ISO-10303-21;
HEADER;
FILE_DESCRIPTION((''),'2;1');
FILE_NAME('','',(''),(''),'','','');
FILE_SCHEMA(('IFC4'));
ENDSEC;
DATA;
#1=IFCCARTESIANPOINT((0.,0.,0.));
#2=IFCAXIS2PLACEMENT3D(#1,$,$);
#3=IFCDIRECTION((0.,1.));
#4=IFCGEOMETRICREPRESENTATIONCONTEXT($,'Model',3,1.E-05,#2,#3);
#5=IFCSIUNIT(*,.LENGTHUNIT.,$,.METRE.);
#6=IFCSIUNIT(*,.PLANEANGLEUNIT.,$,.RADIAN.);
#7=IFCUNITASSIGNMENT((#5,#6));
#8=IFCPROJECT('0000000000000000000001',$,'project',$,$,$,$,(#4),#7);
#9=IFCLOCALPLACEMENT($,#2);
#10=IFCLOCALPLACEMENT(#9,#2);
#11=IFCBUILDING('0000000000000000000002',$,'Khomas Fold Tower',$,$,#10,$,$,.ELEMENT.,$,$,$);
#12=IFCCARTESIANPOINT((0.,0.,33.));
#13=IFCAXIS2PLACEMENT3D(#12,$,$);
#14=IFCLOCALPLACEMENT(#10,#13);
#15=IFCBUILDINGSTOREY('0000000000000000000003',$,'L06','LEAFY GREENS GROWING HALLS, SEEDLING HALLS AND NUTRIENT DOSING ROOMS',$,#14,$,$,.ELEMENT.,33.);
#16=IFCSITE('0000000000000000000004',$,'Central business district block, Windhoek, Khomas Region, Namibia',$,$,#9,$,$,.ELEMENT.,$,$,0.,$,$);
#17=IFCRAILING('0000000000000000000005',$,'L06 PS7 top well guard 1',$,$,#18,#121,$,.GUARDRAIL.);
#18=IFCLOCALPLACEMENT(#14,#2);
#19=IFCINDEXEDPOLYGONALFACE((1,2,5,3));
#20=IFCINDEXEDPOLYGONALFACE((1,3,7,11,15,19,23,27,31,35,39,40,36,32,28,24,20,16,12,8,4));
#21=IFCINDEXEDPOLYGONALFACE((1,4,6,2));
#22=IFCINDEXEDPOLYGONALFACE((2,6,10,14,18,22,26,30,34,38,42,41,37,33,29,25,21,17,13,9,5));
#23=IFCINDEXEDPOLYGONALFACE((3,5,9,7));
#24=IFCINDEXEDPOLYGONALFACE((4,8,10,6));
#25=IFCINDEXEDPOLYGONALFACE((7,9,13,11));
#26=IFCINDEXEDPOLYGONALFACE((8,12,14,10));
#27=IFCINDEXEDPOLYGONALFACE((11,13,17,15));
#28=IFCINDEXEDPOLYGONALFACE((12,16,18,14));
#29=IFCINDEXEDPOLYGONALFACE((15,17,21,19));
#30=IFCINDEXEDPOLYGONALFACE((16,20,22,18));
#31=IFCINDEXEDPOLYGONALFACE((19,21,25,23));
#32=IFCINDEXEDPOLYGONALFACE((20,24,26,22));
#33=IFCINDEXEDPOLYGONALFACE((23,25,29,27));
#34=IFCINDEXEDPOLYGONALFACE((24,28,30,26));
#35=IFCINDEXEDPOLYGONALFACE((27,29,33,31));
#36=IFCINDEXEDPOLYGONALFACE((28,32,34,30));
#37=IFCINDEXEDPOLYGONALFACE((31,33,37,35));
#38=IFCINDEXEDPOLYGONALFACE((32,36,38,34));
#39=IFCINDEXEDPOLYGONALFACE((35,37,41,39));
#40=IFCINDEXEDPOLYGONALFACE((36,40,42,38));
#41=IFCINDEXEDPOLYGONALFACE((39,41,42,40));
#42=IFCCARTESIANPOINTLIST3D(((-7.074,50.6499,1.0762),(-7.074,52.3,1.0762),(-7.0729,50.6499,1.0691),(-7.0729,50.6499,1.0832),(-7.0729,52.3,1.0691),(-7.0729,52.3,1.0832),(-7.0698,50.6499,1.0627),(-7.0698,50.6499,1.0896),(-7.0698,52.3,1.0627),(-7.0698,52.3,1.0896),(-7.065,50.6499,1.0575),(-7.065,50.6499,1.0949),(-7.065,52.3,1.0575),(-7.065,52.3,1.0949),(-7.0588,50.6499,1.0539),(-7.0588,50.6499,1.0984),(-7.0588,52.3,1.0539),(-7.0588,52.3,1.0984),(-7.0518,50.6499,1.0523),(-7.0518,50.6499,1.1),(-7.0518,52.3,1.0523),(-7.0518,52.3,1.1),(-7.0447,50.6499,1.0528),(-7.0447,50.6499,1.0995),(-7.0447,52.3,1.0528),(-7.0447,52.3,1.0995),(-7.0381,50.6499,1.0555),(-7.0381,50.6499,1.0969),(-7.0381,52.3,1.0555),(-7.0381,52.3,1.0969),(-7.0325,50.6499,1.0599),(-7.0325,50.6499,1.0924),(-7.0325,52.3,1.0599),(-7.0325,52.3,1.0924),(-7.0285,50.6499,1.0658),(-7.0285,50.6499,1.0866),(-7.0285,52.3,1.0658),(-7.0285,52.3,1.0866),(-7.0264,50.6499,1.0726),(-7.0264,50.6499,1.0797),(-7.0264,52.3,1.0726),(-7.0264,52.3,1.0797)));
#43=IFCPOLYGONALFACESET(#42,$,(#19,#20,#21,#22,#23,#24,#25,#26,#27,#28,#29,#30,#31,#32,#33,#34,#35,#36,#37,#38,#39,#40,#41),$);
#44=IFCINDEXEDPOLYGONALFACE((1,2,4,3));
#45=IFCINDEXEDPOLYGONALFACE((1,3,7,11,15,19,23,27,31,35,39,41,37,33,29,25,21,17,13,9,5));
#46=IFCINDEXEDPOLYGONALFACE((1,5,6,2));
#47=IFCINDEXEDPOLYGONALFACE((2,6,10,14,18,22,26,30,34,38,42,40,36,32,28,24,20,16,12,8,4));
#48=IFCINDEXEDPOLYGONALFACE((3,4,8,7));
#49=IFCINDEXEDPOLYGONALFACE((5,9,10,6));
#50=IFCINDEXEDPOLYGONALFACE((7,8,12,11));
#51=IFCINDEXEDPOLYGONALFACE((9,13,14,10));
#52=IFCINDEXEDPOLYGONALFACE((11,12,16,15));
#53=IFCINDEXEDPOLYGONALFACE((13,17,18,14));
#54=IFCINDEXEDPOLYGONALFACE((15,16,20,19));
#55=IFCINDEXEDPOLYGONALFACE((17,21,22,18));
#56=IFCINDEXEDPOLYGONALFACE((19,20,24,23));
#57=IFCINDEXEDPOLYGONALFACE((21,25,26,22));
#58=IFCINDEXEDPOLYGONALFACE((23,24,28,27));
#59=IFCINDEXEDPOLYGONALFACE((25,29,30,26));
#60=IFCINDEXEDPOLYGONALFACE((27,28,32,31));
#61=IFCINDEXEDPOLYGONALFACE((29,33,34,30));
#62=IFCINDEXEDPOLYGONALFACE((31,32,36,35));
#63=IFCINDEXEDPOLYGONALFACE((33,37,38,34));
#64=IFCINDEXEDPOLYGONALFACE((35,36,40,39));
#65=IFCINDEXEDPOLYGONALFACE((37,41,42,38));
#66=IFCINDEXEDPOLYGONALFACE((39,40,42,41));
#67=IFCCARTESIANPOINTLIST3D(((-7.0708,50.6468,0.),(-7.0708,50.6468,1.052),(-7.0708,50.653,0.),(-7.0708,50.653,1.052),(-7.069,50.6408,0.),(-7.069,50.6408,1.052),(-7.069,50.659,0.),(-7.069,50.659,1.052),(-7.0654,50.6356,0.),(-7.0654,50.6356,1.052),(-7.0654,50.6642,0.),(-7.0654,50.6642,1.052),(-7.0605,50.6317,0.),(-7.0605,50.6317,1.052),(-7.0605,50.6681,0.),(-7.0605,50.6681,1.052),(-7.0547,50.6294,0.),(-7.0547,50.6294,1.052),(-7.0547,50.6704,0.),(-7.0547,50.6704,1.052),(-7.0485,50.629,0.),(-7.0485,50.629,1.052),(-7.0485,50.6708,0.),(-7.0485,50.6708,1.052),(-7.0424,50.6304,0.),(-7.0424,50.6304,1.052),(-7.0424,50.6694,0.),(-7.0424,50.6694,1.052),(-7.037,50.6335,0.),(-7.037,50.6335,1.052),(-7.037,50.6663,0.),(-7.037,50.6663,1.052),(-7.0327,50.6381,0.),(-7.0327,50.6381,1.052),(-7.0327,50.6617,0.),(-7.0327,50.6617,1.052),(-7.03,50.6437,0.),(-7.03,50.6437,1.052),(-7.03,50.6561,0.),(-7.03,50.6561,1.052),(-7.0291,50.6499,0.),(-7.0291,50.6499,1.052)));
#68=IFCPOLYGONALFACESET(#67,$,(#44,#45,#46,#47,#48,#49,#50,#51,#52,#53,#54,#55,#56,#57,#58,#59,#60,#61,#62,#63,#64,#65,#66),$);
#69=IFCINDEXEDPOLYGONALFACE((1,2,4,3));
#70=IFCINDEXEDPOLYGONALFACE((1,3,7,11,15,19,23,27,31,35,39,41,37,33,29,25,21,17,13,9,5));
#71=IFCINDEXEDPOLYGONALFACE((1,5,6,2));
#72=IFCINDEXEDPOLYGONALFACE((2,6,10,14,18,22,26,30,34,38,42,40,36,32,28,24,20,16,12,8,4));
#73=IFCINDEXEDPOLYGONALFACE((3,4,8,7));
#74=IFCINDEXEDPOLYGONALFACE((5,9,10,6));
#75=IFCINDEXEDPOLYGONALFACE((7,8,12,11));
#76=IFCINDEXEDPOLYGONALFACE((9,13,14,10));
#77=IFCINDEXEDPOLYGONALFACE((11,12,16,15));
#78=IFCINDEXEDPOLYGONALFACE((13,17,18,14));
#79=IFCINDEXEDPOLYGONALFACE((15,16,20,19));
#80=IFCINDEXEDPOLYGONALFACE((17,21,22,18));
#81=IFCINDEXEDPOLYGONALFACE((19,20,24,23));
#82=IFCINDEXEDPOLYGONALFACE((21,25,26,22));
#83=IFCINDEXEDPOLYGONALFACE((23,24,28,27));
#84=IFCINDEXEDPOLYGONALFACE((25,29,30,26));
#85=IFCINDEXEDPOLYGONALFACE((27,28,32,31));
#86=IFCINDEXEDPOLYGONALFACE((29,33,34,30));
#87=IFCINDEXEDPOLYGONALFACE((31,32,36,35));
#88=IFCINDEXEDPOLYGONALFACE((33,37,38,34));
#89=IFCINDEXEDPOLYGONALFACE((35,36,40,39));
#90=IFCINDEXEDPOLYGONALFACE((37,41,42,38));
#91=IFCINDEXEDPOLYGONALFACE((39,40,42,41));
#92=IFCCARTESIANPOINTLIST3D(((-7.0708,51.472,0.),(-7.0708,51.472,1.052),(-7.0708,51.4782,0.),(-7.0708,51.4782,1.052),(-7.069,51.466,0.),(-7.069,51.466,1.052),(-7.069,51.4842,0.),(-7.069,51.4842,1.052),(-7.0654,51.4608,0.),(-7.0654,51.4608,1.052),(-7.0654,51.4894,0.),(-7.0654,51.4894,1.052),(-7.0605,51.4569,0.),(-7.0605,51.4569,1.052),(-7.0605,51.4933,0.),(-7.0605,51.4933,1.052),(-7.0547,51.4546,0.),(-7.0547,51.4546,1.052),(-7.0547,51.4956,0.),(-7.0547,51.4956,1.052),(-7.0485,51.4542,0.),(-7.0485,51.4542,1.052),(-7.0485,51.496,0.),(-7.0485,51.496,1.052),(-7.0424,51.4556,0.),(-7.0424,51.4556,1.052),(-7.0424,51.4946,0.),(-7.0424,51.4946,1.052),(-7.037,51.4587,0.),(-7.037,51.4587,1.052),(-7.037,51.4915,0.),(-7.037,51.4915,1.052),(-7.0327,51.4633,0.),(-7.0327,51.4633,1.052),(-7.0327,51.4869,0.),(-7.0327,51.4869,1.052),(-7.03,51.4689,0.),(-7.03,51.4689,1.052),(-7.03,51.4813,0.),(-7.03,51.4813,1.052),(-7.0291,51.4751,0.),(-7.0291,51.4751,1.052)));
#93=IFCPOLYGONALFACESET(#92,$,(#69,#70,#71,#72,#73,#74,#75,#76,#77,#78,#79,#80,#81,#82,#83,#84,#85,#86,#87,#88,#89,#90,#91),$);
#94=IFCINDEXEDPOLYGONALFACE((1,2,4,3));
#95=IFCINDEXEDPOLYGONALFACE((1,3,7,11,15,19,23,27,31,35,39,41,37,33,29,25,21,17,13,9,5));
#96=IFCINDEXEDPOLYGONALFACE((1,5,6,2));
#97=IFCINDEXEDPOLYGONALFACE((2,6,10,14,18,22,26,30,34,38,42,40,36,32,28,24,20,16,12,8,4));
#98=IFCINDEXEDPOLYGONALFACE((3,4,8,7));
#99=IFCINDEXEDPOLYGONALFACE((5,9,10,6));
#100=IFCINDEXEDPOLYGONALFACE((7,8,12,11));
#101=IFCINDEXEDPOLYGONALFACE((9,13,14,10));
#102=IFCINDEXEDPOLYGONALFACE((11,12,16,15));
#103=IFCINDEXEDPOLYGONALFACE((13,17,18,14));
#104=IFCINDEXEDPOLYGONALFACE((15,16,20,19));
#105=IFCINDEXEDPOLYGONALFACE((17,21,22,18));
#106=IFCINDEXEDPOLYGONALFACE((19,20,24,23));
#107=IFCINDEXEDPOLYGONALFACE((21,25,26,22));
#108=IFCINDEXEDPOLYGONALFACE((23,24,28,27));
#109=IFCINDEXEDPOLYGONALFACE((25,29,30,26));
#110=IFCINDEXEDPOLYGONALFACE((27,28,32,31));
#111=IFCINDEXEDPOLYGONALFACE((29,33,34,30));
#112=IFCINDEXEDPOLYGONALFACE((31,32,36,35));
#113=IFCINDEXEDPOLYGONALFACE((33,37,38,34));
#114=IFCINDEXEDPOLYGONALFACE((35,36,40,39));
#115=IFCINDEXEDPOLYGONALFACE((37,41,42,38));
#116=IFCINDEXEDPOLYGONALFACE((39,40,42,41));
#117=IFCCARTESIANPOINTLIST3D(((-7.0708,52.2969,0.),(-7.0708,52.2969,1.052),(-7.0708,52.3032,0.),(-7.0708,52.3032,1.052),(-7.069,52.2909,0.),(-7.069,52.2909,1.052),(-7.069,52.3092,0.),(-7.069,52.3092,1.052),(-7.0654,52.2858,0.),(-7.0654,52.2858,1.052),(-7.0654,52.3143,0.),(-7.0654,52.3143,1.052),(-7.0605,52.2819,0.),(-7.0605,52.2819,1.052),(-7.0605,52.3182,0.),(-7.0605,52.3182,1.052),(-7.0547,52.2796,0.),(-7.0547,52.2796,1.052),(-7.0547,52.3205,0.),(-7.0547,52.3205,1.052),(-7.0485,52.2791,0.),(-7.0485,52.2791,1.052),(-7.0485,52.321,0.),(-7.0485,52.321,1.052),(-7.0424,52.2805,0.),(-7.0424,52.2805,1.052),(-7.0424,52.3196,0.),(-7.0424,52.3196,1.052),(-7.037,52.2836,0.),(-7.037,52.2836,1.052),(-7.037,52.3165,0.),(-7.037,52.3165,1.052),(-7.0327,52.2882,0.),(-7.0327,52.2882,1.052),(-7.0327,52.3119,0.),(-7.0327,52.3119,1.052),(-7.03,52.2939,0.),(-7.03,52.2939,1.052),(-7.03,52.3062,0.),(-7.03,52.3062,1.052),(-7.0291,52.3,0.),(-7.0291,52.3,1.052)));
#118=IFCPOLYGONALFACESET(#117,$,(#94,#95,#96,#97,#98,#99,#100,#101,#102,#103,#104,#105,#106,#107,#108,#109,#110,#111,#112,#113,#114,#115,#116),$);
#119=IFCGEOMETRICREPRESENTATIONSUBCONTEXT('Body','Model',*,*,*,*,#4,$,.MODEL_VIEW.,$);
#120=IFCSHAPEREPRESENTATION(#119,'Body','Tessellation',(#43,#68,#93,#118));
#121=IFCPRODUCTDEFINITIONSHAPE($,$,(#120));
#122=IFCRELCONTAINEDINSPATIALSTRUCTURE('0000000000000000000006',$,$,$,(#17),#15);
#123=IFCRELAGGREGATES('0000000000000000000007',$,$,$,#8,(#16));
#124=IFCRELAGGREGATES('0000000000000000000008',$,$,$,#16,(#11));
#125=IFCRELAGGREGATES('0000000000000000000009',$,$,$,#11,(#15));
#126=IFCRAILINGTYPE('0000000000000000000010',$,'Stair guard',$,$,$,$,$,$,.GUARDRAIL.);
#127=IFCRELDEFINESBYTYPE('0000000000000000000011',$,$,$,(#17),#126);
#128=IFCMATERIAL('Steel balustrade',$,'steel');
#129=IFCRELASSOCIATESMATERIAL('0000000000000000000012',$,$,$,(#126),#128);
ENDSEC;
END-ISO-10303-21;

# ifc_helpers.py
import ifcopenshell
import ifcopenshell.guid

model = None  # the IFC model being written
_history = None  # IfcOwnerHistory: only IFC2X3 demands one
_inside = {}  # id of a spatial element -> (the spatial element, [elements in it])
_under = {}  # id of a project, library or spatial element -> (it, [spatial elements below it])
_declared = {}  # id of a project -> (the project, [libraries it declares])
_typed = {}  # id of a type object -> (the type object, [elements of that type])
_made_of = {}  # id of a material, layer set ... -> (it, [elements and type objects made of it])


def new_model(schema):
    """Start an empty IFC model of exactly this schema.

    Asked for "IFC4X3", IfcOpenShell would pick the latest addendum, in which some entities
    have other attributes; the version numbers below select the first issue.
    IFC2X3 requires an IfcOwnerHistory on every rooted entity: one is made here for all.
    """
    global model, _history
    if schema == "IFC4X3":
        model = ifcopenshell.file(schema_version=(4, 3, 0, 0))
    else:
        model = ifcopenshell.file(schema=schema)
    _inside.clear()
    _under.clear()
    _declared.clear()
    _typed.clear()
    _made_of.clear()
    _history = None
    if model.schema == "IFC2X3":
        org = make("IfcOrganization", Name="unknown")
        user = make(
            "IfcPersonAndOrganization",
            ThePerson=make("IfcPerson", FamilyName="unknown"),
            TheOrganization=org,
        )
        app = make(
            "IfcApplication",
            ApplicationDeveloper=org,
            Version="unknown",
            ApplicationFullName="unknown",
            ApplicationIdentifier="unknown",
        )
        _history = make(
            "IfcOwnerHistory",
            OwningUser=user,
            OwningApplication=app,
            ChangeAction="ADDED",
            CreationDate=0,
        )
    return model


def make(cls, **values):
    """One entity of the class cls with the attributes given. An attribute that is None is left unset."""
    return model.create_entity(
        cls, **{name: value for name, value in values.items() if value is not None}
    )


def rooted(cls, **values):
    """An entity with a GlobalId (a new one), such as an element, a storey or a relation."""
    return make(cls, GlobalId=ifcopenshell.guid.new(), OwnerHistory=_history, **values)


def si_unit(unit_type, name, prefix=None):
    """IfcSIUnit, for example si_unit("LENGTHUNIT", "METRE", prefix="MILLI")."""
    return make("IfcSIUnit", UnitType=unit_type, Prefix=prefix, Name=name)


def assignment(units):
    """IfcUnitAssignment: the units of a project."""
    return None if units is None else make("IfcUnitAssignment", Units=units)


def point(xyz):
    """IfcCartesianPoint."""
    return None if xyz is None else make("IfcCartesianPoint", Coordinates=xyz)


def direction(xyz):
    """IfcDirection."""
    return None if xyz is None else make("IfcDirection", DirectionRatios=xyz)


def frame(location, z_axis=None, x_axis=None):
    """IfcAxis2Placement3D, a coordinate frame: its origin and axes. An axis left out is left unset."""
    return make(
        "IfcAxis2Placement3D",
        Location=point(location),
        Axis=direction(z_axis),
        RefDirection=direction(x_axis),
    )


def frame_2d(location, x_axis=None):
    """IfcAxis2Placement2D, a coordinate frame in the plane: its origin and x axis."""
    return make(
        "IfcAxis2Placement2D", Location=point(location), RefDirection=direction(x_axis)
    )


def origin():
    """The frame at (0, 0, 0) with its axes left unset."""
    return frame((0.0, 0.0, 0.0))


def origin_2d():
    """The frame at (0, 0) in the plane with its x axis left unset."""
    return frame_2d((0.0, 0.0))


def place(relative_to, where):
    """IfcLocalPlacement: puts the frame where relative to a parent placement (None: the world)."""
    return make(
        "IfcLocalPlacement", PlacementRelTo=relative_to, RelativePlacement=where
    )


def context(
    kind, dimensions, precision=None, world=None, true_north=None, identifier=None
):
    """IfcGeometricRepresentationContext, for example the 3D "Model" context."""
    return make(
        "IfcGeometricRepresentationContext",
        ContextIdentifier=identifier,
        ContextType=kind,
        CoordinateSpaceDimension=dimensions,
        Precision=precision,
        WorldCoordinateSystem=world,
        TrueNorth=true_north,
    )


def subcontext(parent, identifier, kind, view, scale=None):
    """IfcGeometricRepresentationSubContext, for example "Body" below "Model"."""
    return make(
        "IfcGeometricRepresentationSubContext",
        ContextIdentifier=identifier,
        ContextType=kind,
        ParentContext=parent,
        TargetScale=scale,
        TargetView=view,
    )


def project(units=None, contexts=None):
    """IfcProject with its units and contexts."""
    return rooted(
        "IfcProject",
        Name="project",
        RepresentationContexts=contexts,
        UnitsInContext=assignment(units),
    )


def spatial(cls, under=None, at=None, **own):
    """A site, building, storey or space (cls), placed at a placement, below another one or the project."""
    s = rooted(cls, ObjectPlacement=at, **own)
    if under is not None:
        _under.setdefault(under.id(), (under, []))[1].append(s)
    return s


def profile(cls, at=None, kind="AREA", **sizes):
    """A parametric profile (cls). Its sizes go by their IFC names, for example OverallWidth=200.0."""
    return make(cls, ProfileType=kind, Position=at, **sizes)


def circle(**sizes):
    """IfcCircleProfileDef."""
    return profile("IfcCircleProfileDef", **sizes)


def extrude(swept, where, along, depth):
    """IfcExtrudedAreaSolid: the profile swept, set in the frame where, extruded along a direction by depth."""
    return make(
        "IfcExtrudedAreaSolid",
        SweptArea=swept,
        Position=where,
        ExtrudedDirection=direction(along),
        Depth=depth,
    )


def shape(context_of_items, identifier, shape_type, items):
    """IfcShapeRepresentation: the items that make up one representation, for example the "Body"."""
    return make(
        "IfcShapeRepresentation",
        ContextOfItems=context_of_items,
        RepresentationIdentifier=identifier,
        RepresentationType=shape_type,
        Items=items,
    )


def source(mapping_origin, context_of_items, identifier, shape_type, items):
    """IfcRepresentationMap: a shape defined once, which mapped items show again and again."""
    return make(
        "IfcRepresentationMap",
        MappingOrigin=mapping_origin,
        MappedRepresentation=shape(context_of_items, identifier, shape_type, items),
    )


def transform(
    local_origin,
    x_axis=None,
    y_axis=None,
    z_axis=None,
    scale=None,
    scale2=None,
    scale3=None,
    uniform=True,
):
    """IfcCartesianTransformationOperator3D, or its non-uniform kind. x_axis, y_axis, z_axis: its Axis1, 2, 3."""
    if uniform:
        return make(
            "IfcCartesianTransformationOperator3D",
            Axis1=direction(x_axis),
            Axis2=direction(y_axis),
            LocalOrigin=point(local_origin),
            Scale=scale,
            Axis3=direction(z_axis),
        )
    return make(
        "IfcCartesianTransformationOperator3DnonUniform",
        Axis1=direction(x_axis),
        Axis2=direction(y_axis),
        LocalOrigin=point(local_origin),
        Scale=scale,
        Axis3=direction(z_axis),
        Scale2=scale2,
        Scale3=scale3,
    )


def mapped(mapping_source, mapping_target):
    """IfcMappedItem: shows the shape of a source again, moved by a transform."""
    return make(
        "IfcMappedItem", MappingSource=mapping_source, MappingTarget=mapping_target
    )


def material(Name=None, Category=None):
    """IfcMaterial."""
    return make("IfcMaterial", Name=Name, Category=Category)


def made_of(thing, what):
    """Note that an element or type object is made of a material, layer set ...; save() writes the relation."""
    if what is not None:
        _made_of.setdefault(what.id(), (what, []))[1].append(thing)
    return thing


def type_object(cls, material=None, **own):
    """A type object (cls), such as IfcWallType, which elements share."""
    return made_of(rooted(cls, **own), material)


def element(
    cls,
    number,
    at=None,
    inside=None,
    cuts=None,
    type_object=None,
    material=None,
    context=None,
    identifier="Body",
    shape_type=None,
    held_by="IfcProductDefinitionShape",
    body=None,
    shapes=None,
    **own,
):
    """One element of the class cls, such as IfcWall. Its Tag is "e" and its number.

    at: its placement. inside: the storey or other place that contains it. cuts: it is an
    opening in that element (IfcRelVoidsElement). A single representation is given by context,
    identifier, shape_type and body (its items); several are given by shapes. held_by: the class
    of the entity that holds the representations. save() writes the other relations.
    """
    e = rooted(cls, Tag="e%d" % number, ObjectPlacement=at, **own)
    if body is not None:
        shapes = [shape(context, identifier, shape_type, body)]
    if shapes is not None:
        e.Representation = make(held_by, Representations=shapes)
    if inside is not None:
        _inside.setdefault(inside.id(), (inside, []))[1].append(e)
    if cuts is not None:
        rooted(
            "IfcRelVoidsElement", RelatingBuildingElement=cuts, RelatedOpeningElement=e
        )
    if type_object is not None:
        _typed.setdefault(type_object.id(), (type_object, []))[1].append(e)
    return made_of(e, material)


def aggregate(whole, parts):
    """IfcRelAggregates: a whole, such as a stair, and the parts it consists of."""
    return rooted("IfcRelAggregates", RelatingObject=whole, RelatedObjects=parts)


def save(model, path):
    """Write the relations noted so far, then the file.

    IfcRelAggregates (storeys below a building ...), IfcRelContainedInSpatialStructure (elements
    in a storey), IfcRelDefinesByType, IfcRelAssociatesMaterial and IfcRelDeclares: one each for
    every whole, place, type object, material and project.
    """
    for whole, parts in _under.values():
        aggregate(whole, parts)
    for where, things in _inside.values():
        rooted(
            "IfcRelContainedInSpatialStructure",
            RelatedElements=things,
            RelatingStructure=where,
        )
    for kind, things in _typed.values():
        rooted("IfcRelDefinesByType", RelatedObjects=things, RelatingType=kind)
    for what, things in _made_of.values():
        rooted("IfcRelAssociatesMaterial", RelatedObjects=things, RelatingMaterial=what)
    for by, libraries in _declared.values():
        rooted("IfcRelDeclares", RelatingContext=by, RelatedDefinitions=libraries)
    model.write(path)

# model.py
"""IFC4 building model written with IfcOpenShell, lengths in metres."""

from ifc_helpers import new_model, si_unit, direction, frame, origin, origin_2d, place, context, subcontext, project, spatial, circle, extrude, source, transform, mapped, material, type_object, element, save


model = new_model("IFC4")

# Units and contexts
model_context = context("Model", 3, precision=1e-05, world=origin(), true_north=direction((0.0, 1.0)))
body_context = subcontext(model_context, "Body", "Model", "MODEL_VIEW")
ifc_project = project(units=[si_unit("LENGTHUNIT", "METRE"), si_unit("PLANEANGLEUNIT", "RADIAN")], contexts=[model_context])

# Site, building, storey
site_placement = place(None, origin())
site = spatial("IfcSite", under=ifc_project, at=site_placement, Name="Central business district block, Windhoek, Khomas Region, Namibia", CompositionType="ELEMENT", RefElevation=0.0)
building_placement = place(site_placement, origin())
building = spatial("IfcBuilding", under=site, at=building_placement, Name="Khomas Fold Tower", CompositionType="ELEMENT")
storey_placement = place(building_placement, frame((0.0, 0.0, 33.0)))
storey = spatial("IfcBuildingStorey", under=building, at=storey_placement, Name="L06", Description="LEAFY GREENS GROWING HALLS, SEEDLING HALLS AND NUTRIENT DOSING ROOMS", CompositionType="ELEMENT", Elevation=33.0)

# Railing
ifc_material_1 = material(Name="Steel balustrade", Category="steel")
railing_type_1 = type_object("IfcRailingType", Name="Stair guard", PredefinedType="GUARDRAIL", material=ifc_material_1)
shared_shape_1 = source(origin(), body_context, "Body", "SweptSolid", [
    extrude(circle(Radius=0.0239, at=origin_2d()), frame((0.0, 0.0, 1.0762), z_axis=(0.0, 1.0, 0.0), x_axis=(-1.0, 0.0, 0.0)), (0.0, 0.0, 1.0), 1.6501),
    extrude(circle(Radius=0.021, at=origin_2d()), origin(), (0.0, 0.0, 1.0), 1.052),
    extrude(circle(Radius=0.021, at=origin_2d()), frame((0.0, 0.8252, 0.0)), (0.0, 0.0, 1.0), 1.052),
    extrude(circle(Radius=0.021, at=origin_2d()), frame((0.0, 1.6501, 0.0)), (0.0, 0.0, 1.0), 1.052),
])
railing_1_placement = place(storey_placement, frame((-7.05, 50.6499, 0.0)))
element("IfcRailing", 1, at=railing_1_placement, inside=storey, type_object=railing_type_1, Name="L06 PS7 top well guard 1", PredefinedType="GUARDRAIL", context=body_context, shape_type="MappedRepresentation", body=[
    mapped(shared_shape_1, transform((0.0, 0.0, 0.0))),
])

save(model, "model.ifc")
